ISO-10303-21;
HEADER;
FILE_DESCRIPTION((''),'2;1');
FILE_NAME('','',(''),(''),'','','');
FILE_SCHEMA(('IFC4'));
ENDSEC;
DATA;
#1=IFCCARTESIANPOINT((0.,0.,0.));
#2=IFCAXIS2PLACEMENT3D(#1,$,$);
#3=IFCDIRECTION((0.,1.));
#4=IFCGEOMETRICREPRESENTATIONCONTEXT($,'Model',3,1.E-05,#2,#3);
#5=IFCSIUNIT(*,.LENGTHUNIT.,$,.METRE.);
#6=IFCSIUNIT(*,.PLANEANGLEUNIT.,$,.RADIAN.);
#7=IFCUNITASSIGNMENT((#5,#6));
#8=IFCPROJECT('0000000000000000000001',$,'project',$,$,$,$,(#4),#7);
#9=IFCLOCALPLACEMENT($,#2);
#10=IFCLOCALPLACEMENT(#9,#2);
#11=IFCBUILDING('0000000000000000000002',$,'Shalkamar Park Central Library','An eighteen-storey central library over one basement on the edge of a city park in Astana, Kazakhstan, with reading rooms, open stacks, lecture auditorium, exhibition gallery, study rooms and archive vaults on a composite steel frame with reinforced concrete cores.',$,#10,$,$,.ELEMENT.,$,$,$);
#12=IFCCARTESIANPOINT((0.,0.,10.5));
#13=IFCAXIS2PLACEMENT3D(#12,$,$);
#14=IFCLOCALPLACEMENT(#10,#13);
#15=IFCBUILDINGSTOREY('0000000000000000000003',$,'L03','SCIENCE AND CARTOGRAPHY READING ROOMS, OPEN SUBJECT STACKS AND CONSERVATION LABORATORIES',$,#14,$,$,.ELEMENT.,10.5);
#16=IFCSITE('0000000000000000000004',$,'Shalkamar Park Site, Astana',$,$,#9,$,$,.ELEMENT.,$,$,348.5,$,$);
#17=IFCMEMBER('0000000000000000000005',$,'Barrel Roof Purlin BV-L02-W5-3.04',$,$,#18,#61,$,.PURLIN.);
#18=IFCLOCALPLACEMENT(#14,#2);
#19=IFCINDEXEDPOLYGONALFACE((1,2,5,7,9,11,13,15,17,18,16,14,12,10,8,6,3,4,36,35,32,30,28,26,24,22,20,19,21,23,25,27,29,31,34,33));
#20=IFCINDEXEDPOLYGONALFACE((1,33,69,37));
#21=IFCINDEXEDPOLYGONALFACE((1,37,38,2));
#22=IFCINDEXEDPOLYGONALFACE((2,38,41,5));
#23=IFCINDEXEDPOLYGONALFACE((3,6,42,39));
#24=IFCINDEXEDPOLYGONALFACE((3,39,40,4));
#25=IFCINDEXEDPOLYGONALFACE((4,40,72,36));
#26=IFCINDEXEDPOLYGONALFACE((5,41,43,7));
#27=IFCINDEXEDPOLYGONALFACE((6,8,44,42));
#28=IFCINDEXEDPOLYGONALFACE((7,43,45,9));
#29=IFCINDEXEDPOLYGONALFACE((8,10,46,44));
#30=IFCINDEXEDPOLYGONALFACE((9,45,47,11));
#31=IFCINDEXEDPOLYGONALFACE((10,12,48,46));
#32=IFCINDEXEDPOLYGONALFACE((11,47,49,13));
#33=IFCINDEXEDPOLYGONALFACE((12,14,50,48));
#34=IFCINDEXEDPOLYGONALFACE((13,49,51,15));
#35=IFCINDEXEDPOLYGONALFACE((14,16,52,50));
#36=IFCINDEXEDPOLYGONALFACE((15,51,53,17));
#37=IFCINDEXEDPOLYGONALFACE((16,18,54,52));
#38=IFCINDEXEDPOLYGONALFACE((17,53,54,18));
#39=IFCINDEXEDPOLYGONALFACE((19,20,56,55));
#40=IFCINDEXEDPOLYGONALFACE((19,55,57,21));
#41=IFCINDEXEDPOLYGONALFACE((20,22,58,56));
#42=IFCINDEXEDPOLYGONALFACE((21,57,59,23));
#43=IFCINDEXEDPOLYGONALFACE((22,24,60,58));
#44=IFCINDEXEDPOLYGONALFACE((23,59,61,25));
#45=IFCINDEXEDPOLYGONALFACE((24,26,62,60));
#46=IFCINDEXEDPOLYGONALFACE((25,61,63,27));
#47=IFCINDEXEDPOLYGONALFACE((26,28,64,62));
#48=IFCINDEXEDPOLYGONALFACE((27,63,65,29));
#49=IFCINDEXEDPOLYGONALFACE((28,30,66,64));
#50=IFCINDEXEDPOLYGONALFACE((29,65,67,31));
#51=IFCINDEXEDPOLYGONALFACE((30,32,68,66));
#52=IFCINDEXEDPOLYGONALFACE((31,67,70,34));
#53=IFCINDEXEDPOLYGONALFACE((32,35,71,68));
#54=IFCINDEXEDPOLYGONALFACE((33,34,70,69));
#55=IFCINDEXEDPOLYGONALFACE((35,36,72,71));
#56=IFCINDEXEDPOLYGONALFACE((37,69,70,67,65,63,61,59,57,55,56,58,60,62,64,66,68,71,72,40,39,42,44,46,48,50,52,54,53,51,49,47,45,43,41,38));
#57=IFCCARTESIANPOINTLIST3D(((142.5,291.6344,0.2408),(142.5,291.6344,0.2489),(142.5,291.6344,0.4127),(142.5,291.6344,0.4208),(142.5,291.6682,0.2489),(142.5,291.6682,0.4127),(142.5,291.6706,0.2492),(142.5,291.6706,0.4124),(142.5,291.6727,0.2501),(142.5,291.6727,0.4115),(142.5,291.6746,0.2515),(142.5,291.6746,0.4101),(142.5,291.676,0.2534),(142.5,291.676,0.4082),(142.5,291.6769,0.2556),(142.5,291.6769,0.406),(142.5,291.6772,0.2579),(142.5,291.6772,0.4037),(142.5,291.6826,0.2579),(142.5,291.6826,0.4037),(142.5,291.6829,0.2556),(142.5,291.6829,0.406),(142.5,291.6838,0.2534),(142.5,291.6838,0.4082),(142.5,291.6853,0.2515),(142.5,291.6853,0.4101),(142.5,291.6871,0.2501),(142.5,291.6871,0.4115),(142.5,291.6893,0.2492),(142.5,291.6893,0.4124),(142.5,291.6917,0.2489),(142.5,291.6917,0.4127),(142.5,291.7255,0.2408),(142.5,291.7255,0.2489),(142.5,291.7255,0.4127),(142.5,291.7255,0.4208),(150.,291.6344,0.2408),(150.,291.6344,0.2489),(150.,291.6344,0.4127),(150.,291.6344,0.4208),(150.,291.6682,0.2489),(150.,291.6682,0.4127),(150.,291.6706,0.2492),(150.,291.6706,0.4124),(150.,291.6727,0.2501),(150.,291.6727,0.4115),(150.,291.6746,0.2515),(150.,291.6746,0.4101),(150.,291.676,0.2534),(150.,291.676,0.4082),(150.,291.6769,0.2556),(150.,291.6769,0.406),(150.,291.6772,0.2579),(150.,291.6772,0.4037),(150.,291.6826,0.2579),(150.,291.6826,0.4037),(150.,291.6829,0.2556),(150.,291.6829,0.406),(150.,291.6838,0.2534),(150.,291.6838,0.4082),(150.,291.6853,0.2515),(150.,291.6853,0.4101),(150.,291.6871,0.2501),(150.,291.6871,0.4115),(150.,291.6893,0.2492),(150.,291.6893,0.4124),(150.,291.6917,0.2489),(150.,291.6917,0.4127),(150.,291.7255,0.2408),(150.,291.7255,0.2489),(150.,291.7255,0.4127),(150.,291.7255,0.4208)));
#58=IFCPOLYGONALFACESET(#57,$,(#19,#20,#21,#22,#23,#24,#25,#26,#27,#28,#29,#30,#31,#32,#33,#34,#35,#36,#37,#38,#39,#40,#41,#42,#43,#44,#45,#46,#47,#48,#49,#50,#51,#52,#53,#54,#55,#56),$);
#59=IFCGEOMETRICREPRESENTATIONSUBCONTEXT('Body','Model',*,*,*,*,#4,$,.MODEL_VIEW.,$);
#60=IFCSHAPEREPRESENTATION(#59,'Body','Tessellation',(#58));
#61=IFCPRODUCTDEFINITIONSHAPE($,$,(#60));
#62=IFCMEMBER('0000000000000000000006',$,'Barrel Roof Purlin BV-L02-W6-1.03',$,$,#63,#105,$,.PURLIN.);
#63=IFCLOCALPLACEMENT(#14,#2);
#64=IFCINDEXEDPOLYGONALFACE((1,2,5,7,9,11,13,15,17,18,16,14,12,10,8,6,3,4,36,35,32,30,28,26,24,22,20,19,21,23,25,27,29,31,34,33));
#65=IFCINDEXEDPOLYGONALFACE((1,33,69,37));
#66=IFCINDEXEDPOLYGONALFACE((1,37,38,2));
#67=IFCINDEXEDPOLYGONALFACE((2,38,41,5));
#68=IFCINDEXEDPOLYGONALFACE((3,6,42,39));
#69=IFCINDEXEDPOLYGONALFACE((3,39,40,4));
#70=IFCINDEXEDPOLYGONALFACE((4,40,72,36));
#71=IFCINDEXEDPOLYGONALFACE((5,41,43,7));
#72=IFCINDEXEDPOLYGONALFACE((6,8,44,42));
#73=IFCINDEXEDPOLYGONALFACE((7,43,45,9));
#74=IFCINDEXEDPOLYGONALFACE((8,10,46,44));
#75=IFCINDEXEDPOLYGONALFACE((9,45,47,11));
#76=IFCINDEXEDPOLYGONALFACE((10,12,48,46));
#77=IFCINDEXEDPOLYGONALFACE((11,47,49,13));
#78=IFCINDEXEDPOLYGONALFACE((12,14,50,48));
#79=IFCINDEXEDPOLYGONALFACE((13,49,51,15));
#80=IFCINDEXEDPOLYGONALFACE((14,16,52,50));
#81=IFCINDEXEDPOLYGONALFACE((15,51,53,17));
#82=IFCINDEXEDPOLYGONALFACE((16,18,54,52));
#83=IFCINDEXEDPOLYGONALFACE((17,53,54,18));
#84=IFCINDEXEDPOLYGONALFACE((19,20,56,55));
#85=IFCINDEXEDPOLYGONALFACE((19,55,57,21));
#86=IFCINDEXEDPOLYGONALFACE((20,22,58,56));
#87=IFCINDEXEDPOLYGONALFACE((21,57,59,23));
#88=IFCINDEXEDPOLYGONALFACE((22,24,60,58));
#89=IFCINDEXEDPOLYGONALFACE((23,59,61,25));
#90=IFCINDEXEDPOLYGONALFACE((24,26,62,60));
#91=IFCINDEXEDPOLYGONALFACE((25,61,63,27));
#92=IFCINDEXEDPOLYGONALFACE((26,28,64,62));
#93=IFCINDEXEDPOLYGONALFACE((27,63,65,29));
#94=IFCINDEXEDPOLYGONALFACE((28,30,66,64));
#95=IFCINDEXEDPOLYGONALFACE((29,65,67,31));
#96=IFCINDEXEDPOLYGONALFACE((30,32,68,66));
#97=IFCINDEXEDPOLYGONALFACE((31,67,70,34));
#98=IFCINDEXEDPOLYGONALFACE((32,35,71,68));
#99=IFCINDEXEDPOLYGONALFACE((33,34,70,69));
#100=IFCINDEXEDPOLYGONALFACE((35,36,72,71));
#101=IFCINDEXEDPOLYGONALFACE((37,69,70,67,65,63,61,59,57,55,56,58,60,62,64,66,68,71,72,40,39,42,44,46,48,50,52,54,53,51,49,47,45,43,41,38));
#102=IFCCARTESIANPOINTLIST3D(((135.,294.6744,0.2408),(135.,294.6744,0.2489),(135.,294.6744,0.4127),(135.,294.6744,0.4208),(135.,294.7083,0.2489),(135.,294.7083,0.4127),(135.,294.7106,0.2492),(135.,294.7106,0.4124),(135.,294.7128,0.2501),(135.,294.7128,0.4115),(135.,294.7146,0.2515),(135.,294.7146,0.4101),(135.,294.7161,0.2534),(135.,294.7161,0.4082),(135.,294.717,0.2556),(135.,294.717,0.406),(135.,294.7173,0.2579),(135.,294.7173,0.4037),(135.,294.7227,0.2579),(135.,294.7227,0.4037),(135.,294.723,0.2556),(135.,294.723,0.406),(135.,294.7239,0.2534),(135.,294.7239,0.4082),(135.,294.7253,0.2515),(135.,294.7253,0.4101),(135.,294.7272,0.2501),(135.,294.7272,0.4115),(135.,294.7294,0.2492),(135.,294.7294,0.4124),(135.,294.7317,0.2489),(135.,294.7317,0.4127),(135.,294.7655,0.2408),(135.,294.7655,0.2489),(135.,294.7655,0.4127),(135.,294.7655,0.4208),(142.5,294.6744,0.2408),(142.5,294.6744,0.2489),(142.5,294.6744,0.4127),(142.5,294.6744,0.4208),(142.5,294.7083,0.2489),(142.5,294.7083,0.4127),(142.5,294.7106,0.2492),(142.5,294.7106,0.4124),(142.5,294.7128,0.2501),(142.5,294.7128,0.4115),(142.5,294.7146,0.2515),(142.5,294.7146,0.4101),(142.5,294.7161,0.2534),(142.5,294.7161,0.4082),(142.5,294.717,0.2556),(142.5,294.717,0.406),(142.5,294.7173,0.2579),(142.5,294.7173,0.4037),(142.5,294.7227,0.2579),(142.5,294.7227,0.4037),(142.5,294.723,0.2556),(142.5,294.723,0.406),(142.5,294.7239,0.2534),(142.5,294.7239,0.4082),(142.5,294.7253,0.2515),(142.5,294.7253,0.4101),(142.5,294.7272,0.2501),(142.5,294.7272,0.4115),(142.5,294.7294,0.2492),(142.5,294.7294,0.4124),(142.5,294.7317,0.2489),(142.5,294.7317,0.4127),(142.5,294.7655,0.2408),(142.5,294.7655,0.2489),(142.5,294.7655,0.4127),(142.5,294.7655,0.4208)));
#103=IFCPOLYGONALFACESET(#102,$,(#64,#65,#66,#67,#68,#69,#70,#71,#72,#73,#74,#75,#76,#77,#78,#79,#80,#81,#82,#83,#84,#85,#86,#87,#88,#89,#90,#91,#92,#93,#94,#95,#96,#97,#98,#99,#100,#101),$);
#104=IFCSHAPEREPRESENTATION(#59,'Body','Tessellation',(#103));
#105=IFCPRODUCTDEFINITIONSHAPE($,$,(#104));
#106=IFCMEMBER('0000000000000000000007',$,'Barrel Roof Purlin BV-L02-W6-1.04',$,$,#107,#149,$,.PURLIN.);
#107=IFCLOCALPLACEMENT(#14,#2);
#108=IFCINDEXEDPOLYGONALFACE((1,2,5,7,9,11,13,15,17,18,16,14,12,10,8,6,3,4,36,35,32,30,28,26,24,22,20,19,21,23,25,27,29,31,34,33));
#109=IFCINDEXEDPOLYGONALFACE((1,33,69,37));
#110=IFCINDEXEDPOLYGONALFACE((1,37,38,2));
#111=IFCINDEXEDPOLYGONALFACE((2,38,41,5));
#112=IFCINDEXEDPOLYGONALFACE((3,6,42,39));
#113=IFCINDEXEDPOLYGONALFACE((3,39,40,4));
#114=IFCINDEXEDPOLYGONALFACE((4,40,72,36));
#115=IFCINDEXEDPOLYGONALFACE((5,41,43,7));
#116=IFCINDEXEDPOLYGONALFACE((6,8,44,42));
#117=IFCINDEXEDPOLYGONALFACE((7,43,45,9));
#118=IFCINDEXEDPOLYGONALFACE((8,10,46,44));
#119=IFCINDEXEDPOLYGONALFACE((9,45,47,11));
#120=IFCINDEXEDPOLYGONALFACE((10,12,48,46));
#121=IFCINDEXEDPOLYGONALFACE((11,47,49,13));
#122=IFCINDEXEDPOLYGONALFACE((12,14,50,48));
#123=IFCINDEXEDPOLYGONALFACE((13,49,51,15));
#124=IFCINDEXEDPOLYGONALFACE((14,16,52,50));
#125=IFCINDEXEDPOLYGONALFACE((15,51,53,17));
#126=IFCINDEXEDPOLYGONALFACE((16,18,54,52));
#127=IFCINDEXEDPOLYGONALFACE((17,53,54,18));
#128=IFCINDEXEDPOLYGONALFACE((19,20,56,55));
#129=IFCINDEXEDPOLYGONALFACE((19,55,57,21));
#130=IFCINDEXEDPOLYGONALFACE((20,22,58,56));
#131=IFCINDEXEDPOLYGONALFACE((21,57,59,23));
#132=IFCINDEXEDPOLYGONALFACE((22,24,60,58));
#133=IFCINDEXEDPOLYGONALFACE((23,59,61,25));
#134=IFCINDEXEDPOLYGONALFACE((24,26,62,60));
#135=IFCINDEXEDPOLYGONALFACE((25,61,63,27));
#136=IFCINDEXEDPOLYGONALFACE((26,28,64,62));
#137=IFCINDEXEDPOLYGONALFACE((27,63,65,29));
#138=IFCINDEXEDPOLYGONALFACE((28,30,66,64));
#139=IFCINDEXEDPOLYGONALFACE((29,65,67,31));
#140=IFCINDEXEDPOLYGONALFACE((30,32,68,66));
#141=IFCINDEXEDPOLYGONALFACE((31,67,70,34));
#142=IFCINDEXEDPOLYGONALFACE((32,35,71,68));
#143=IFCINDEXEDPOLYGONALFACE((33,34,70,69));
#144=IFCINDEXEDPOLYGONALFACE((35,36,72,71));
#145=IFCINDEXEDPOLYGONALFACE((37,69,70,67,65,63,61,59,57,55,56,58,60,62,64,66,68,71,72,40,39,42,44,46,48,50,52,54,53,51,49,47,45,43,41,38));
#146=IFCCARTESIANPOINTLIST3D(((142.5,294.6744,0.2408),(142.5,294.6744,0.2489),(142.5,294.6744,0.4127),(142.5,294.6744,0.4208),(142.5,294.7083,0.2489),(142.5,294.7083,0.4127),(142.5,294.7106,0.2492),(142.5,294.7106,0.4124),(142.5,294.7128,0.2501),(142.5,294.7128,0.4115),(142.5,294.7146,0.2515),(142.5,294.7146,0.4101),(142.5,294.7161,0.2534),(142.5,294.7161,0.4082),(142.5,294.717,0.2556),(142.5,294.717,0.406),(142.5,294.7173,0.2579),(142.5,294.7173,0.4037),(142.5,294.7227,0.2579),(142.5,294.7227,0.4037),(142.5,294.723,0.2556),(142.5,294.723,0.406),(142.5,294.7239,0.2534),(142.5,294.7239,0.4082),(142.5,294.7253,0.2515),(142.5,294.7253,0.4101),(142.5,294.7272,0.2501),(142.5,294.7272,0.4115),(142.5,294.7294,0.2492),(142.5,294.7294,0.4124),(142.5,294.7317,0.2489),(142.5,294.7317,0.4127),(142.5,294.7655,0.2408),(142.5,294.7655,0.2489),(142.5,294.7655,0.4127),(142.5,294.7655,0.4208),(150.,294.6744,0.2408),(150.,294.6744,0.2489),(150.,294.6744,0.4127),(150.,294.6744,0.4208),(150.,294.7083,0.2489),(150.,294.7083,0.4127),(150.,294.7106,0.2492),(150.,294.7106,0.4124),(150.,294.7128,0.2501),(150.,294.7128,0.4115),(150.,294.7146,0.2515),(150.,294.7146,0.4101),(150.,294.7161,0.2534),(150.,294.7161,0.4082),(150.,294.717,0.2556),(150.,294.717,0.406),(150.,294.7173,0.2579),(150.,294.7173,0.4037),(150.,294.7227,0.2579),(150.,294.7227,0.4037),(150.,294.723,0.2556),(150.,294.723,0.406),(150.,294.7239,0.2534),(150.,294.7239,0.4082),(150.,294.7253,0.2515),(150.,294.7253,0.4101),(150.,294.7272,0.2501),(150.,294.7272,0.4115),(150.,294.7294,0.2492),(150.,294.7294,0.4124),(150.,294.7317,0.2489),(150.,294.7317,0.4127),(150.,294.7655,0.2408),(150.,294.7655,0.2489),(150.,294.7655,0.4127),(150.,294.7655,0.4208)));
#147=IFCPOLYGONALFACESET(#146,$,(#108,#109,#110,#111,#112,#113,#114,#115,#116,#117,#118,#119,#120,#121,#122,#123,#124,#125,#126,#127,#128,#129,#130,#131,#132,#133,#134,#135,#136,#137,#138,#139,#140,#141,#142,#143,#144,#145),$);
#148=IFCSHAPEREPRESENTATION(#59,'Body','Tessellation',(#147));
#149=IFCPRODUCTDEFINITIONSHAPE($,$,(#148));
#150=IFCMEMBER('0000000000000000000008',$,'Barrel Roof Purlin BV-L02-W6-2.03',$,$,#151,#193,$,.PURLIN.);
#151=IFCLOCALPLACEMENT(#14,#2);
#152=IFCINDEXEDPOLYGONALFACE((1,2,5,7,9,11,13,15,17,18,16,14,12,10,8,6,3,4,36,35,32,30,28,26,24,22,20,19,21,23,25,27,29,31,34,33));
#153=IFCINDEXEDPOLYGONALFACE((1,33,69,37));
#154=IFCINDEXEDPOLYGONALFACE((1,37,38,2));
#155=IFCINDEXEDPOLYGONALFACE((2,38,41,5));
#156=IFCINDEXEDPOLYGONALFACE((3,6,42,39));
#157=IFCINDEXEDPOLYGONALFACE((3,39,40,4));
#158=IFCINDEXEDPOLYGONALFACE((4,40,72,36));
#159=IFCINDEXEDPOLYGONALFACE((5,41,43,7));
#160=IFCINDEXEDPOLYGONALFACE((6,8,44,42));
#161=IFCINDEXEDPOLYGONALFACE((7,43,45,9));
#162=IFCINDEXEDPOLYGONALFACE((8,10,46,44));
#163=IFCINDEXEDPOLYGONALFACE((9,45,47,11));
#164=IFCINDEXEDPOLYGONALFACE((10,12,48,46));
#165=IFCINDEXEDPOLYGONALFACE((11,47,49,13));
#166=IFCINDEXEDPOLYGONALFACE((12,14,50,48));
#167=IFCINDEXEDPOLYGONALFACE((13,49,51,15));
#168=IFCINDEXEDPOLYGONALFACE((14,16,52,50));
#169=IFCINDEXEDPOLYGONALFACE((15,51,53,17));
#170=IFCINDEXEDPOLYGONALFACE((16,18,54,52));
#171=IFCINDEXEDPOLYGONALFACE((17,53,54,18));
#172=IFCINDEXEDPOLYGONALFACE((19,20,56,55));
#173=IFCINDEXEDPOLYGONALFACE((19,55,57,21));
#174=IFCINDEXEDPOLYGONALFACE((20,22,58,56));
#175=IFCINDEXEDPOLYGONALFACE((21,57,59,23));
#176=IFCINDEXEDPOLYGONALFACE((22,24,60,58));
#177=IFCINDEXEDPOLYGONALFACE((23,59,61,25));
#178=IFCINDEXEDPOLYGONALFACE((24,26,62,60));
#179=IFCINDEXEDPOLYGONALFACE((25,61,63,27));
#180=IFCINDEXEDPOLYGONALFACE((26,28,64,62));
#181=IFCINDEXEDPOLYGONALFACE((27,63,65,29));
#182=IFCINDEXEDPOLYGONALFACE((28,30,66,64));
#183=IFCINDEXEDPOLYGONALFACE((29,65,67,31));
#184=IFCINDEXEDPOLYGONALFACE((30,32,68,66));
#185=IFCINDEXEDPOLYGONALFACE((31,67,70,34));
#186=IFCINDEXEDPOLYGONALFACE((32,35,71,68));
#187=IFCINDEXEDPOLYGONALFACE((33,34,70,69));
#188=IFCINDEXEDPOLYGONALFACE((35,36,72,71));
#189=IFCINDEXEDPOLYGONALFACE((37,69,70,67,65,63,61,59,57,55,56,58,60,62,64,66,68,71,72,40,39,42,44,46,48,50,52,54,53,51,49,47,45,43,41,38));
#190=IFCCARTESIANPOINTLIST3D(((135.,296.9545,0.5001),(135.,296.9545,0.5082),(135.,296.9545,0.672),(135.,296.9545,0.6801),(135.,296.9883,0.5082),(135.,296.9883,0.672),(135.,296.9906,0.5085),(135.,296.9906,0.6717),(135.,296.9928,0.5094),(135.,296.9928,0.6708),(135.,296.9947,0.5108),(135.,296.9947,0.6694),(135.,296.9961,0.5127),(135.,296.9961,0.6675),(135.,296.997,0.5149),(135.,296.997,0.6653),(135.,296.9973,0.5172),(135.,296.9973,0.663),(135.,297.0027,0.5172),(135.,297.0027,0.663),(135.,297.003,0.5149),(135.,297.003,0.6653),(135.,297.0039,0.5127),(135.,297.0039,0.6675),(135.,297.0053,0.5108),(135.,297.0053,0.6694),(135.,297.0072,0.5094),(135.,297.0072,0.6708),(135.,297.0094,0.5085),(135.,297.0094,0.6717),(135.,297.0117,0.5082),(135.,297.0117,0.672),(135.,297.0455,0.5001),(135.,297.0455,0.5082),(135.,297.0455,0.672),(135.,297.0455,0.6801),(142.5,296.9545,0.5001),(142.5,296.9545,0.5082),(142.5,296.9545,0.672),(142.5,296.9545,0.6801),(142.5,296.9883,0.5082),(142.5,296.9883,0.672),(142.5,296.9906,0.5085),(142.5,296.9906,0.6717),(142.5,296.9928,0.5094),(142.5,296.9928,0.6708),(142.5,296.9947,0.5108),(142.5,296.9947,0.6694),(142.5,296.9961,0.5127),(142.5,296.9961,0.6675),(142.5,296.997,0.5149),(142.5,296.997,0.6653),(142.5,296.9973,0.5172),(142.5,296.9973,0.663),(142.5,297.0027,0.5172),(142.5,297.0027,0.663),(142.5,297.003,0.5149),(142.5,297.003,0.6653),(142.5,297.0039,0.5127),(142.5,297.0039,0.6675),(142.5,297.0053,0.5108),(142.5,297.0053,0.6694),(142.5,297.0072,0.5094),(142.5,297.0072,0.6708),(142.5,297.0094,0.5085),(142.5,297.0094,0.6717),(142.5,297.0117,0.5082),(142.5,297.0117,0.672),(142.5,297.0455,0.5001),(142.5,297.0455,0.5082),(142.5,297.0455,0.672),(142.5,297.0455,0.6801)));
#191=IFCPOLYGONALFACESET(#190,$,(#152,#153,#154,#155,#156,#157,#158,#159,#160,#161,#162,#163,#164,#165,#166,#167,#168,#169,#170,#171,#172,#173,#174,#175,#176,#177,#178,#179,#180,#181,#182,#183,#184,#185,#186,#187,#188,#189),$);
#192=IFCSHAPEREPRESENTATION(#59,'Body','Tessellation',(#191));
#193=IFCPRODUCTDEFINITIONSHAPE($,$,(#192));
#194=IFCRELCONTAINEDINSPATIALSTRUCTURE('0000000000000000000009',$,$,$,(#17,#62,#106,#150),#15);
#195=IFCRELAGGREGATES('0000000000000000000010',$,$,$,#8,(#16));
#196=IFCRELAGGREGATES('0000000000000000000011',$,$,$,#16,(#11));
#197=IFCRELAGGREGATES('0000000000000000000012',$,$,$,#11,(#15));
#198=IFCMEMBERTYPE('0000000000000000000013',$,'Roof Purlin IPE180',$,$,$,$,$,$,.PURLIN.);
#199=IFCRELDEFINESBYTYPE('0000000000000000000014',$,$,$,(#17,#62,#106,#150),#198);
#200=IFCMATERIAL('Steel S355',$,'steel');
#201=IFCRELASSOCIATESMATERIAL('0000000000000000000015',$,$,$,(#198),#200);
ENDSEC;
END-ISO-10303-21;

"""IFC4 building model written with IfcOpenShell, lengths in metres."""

from ifc_helpers import new_model, si_unit, direction, frame, origin, origin_2d, place, context, subcontext, project, spatial, i_section, extrude, material, material_profile, profile_set, type_object, element, save


model = new_model("IFC4")

# Units and contexts
model_context = context("Model", 3, precision=1e-05, world=origin(), true_north=direction((0.0, 1.0)))
body_context = subcontext(model_context, "Body", "Model", "MODEL_VIEW")
ifc_project = project(units=[si_unit("LENGTHUNIT", "METRE"), si_unit("PLANEANGLEUNIT", "RADIAN")], contexts=[model_context])

# Site, building, storey
site_placement = place(None, origin())
site = spatial("IfcSite", under=ifc_project, at=site_placement, Name="Shalkamar Park Site, Astana", CompositionType="ELEMENT", RefElevation=348.5)
building_placement = place(site_placement, origin())
building = spatial("IfcBuilding", under=site, at=building_placement, Name="Shalkamar Park Central Library", Description="An eighteen-storey central library over one basement on the edge of a city park in Astana, Kazakhstan, with reading rooms, open stacks, lecture auditorium, exhibition gallery, study rooms and archive vaults on a composite steel frame with reinforced concrete cores.", CompositionType="ELEMENT")
storey_placement = place(building_placement, frame((0.0, 0.0, 10.5)))
storey = spatial("IfcBuildingStorey", under=building, at=storey_placement, Name="L03", Description="SCIENCE AND CARTOGRAPHY READING ROOMS, OPEN SUBJECT STACKS AND CONSERVATION LABORATORIES", CompositionType="ELEMENT", Elevation=10.5)

# Members
ifc_material_1 = material(Name="Steel S355", Category="steel")
ifc_material_profile_1 = material_profile(ifc_material_1, i_section(OverallWidth=0.0911, OverallDepth=0.1799, WebThickness=0.0054, FlangeThickness=0.0081, FilletRadius=0.009, at=origin_2d()), Name="IPE 180")
ifc_profile_set_1 = profile_set([ifc_material_profile_1], Name="Steel S355")
member_type_1 = type_object("IfcMemberType", Name="Roof Purlin IPE180", PredefinedType="PURLIN", material=ifc_profile_set_1)
for number, where, z_axis, x_axis, name in (
    (1, (142.5, 291.6799, 0.3308), (1.0, 0.0, 0.0), (0.0, 1.0, 0.0), "Barrel Roof Purlin BV-L02-W5-3.04"),
    (2, (135.0, 294.72, 0.3308), (1.0, 0.0, 0.0), (0.0, 1.0, 0.0), "Barrel Roof Purlin BV-L02-W6-1.03"),
    (3, (142.5, 294.72, 0.3308), (1.0, 0.0, 0.0), (0.0, 1.0, 0.0), "Barrel Roof Purlin BV-L02-W6-1.04"),
    (4, (135.0, 297.0, 0.5901), (1.0, 0.0, 0.0), (0.0, 1.0, 0.0), "Barrel Roof Purlin BV-L02-W6-2.03"),
):
    element("IfcMember", number, at=place(storey_placement, frame(where, z_axis=z_axis, x_axis=x_axis)), inside=storey, type_object=member_type_1, Name=name, PredefinedType="PURLIN", context=body_context, shape_type="SweptSolid", body=[
        extrude(i_section(OverallWidth=0.0911, OverallDepth=0.1799, WebThickness=0.0054, FlangeThickness=0.0081, FilletRadius=0.009, at=origin_2d()), origin(), (0.0, 0.0, 1.0), 7.5),
    ])

save(model, "model.ifc")
